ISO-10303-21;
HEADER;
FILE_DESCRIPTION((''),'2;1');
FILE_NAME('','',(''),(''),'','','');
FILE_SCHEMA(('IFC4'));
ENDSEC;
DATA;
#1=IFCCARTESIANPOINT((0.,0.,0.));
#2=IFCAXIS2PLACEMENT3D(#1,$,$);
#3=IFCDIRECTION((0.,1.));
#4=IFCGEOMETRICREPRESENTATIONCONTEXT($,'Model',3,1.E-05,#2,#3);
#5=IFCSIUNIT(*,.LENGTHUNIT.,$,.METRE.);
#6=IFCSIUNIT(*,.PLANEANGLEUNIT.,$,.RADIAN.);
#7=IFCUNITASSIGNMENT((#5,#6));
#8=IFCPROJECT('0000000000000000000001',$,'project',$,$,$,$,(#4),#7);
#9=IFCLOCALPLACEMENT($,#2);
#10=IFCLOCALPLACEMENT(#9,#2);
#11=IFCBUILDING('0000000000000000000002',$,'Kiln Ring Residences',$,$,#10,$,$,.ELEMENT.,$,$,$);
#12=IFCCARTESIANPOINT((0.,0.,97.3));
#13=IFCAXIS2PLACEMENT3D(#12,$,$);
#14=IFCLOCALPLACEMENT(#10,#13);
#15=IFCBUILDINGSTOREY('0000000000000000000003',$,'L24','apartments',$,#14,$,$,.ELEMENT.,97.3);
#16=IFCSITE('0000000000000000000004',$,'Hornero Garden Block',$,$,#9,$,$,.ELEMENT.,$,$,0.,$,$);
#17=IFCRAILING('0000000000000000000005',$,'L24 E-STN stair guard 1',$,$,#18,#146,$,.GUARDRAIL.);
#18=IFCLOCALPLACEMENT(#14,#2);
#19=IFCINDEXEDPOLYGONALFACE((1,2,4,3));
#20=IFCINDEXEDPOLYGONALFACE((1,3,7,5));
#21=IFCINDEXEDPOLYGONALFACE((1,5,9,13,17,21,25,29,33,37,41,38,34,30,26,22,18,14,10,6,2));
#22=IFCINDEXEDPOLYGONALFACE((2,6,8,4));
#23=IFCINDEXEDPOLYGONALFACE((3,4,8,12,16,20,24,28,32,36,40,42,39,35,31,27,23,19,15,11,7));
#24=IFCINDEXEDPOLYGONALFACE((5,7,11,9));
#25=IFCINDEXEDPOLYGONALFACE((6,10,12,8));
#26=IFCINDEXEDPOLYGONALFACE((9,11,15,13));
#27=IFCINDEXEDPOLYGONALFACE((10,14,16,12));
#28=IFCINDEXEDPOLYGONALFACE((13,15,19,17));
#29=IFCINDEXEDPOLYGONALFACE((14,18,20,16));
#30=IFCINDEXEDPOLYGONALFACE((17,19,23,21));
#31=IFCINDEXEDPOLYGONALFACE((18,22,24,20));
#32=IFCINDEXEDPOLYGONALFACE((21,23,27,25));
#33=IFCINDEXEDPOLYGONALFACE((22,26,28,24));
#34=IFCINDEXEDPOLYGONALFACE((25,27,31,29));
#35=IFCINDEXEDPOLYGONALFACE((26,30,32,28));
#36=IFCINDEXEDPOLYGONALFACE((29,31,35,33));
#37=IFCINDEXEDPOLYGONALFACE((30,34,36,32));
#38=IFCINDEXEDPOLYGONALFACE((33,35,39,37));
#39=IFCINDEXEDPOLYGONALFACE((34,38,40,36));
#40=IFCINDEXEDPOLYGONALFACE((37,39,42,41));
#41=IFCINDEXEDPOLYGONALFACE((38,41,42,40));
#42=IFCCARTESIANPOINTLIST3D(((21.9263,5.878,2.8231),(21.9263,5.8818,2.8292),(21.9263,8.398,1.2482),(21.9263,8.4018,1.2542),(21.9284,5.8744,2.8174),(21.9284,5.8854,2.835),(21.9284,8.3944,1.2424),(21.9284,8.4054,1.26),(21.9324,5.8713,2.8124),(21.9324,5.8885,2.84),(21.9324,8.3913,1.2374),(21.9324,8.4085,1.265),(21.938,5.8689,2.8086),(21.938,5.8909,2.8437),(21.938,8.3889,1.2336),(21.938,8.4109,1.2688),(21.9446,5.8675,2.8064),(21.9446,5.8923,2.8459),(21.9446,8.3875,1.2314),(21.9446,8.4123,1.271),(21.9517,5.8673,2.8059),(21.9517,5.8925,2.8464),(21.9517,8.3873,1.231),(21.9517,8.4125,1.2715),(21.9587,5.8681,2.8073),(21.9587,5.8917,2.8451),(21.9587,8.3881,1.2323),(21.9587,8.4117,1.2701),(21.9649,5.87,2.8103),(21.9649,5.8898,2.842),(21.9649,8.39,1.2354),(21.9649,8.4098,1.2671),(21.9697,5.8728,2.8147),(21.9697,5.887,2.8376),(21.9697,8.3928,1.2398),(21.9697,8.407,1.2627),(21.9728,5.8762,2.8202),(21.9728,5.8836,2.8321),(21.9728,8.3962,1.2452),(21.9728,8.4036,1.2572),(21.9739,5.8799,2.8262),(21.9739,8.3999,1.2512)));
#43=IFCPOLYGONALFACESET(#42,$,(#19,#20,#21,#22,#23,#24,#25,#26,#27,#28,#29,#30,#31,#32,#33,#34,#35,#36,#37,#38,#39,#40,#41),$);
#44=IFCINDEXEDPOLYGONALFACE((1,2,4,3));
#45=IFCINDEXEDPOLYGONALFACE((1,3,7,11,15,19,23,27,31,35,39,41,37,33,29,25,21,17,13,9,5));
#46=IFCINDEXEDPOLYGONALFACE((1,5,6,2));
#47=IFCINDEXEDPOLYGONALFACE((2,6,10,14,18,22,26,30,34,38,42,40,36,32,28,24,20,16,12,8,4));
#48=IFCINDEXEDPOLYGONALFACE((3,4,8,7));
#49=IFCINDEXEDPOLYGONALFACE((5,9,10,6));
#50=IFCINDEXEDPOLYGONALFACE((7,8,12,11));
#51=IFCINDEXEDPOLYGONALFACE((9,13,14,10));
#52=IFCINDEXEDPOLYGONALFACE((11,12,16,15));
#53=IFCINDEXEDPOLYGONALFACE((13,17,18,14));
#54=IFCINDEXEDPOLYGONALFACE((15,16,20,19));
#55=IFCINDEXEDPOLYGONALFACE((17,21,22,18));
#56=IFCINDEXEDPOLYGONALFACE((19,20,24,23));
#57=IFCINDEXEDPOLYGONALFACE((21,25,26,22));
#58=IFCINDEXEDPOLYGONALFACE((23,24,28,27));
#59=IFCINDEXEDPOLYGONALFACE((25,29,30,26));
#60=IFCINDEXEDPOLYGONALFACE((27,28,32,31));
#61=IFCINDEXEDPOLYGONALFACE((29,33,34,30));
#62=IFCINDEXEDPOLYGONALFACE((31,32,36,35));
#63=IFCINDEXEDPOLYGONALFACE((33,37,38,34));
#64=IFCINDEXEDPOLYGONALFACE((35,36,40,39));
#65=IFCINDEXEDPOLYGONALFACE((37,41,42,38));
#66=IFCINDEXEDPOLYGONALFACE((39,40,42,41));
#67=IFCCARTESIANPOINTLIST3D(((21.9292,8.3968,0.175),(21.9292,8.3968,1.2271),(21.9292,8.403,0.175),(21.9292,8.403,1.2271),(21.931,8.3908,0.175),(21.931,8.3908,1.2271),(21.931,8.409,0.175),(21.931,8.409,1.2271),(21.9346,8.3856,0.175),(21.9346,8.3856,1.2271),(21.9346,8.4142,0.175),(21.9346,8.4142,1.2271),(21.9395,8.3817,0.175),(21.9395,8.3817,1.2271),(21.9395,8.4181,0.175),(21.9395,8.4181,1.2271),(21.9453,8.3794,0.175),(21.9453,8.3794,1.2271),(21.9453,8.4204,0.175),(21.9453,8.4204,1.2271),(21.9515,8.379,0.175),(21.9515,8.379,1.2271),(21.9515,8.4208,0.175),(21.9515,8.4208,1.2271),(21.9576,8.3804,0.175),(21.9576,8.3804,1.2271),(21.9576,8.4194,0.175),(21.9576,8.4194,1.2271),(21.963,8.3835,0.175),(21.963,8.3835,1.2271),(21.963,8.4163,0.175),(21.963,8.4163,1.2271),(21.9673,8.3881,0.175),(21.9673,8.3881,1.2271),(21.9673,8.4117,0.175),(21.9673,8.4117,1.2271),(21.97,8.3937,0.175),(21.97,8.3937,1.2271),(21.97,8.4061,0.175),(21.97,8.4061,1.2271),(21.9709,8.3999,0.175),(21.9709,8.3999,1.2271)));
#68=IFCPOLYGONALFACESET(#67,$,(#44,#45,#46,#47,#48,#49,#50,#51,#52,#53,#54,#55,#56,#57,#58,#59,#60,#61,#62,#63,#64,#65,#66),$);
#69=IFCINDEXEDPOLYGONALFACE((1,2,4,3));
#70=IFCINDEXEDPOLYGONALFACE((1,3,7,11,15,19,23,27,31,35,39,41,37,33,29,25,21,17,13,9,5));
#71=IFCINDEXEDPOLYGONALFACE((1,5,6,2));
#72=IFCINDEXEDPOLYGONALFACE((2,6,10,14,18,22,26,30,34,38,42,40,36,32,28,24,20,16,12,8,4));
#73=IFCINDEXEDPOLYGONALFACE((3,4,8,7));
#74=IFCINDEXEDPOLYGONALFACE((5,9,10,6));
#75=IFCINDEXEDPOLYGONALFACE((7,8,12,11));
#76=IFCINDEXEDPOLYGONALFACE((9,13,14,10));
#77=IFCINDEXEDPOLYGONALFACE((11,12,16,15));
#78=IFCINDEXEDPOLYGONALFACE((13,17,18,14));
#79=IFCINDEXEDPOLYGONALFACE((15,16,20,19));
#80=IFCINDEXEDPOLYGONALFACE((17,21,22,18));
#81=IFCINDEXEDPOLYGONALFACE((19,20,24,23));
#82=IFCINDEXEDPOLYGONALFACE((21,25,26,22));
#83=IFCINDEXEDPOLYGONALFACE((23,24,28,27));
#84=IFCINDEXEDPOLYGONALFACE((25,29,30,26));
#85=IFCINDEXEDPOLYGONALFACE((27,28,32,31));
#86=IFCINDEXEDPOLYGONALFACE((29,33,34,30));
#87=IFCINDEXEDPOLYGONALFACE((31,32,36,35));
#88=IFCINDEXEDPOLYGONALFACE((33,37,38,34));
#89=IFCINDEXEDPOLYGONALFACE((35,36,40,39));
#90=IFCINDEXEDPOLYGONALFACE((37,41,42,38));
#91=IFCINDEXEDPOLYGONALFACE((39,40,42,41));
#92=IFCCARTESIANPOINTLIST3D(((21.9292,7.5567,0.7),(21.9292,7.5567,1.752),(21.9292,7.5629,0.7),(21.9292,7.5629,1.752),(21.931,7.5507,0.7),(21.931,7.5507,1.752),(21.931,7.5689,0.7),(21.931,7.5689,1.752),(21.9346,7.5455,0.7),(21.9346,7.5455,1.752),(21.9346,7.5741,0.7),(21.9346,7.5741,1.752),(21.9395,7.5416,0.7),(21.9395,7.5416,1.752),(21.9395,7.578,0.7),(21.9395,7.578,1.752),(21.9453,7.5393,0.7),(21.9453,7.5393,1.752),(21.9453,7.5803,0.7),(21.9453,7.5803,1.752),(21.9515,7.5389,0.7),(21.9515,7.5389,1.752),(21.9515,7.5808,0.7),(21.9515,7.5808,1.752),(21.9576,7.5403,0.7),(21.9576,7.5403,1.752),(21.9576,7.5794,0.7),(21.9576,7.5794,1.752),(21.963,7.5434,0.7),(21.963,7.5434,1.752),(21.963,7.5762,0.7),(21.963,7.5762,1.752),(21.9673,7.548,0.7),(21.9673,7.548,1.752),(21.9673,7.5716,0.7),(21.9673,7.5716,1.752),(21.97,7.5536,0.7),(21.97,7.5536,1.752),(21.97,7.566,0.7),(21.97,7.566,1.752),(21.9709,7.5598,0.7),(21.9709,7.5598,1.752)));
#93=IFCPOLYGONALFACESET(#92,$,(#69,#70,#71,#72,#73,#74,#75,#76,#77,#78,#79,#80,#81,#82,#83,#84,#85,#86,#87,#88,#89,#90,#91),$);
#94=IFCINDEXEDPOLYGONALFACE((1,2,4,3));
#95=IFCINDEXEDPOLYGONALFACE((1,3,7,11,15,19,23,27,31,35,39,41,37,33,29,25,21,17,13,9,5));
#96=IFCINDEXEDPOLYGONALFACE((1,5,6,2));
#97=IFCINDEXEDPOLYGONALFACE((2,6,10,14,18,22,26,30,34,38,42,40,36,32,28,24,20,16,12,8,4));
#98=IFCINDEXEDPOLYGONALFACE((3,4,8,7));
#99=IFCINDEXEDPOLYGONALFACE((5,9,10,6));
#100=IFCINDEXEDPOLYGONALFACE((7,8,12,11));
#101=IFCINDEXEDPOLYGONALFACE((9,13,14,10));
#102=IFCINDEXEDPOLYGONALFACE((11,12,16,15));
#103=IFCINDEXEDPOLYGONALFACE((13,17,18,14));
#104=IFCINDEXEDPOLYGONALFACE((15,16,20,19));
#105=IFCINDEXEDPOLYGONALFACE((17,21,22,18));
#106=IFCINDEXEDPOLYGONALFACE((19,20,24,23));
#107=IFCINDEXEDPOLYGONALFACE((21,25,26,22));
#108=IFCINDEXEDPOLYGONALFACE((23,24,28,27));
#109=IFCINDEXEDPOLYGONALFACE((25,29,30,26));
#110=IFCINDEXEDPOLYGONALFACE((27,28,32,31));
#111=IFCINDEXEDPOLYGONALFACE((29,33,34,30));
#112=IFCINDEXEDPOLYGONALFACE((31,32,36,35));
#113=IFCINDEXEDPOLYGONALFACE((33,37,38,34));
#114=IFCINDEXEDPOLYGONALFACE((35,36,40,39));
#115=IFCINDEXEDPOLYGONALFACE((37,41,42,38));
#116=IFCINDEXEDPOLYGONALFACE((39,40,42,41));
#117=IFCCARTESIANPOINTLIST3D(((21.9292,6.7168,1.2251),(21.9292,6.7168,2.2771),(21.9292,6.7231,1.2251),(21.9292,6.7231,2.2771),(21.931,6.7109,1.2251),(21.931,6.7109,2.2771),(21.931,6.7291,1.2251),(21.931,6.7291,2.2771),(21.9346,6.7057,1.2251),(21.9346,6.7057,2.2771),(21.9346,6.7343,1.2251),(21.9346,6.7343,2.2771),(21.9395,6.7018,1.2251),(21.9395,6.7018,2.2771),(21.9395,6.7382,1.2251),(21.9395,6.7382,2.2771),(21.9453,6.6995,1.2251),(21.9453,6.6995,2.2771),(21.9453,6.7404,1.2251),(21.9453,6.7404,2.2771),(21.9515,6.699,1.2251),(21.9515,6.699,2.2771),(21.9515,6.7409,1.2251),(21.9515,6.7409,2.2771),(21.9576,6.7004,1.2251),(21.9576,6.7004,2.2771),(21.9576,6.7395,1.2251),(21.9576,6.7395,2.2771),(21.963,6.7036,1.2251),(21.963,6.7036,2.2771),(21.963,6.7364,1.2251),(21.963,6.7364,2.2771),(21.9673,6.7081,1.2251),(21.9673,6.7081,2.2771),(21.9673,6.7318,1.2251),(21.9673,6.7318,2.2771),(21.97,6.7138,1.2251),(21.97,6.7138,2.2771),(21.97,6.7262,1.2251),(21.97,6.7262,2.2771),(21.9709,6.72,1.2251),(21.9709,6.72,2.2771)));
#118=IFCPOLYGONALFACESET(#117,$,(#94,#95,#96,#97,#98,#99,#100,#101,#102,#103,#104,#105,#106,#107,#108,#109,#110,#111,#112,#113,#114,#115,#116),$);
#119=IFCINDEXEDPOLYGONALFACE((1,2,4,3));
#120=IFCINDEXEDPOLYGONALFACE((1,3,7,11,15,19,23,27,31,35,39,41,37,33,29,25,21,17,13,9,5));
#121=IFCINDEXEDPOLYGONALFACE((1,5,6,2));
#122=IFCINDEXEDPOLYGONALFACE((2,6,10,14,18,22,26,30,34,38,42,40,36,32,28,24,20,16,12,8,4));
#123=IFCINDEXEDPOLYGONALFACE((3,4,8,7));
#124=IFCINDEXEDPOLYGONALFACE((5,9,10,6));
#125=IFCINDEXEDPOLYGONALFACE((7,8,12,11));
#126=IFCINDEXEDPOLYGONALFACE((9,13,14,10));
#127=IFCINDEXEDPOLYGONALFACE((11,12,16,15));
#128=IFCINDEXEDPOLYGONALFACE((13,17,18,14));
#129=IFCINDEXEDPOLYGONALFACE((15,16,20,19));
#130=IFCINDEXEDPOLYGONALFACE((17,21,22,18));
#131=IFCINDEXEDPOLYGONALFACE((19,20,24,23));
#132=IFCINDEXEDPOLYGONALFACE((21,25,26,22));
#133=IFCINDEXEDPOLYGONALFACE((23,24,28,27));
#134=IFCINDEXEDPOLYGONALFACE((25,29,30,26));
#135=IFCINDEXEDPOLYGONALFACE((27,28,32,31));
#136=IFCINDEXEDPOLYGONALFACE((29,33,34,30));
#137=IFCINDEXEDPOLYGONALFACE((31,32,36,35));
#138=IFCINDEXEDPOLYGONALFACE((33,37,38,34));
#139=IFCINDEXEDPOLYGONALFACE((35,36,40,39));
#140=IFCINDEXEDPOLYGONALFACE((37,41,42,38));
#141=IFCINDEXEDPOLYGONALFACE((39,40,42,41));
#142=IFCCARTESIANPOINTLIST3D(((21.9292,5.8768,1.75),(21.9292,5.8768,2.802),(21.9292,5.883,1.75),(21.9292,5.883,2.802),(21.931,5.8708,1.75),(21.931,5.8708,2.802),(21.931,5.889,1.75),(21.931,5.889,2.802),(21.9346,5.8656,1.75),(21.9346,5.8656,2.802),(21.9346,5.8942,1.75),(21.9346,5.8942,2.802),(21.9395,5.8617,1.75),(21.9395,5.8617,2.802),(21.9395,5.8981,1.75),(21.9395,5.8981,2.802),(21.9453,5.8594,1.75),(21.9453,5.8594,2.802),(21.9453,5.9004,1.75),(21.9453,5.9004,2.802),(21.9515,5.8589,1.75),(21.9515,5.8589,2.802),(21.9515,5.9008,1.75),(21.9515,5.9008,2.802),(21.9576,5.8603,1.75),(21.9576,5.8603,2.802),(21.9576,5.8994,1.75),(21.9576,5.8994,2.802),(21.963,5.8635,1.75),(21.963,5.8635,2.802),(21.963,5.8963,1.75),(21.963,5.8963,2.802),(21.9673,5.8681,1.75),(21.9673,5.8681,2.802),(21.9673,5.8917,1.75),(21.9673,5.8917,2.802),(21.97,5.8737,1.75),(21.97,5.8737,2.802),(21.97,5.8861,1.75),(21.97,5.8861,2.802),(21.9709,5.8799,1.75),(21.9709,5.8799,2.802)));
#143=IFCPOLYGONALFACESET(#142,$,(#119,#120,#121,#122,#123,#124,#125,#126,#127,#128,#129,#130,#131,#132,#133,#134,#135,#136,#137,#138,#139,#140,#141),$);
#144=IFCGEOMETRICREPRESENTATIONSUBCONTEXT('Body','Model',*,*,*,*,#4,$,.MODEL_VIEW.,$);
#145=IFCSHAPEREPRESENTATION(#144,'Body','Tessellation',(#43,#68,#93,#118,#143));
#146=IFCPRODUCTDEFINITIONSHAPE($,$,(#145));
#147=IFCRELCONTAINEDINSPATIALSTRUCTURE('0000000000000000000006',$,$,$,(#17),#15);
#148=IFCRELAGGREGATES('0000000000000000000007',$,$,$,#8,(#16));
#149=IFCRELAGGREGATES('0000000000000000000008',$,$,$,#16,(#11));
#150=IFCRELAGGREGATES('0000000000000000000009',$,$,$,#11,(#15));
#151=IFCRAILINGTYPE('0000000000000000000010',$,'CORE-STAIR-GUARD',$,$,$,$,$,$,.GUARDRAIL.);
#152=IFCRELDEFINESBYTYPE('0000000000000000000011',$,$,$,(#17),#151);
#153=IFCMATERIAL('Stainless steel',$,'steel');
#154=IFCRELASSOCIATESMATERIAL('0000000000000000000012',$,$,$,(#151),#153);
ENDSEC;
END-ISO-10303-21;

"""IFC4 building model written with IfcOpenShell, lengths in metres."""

from ifc_helpers import new_model, si_unit, direction, frame, origin, origin_2d, place, context, subcontext, project, spatial, circle, extrude, material, type_object, element, save


model = new_model("IFC4")

# Units and contexts
model_context = context("Model", 3, precision=1e-05, world=origin(), true_north=direction((0.0, 1.0)))
body_context = subcontext(model_context, "Body", "Model", "MODEL_VIEW")
ifc_project = project(units=[si_unit("LENGTHUNIT", "METRE"), si_unit("PLANEANGLEUNIT", "RADIAN")], contexts=[model_context])

# Site, building, storey
site_placement = place(None, origin())
site = spatial("IfcSite", under=ifc_project, at=site_placement, Name="Hornero Garden Block", CompositionType="ELEMENT", RefElevation=0.0)
building_placement = place(site_placement, origin())
building = spatial("IfcBuilding", under=site, at=building_placement, Name="Kiln Ring Residences", CompositionType="ELEMENT")
storey_placement = place(building_placement, frame((0.0, 0.0, 97.3)))
storey = spatial("IfcBuildingStorey", under=building, at=storey_placement, Name="L24", Description="apartments", CompositionType="ELEMENT", Elevation=97.3)

# Railing
ifc_material_1 = material(Name="Stainless steel", Category="steel")
railing_type_1 = type_object("IfcRailingType", Name="CORE-STAIR-GUARD", PredefinedType="GUARDRAIL", material=ifc_material_1)
railing_1_placement = place(storey_placement, frame((21.95, 8.3999, 0.175)))
element("IfcRailing", 1, at=railing_1_placement, inside=storey, type_object=railing_type_1, Name="L24 E-STN stair guard 1", PredefinedType="GUARDRAIL", context=body_context, shape_type="SweptSolid", body=[
    extrude(circle(Radius=0.0239, at=origin_2d()), frame((0.0, 0.0, 1.0762), z_axis=(0.0, -0.848008, 0.529984), x_axis=(1.0, 0.0, 0.0)), (0.0, 0.0, 1.0), 2.9717),
    extrude(circle(Radius=0.021, at=origin_2d()), origin(), (0.0, 0.0, 1.0), 1.052),
    extrude(circle(Radius=0.021, at=origin_2d()), frame((0.0, -0.8401, 0.5249)), (0.0, 0.0, 1.0), 1.052),
    extrude(circle(Radius=0.021, at=origin_2d()), frame((0.0, -1.6799, 1.05)), (0.0, 0.0, 1.0), 1.052),
    extrude(circle(Radius=0.021, at=origin_2d()), frame((0.0, -2.52, 1.575)), (0.0, 0.0, 1.0), 1.052),
])

save(model, "model.ifc")
